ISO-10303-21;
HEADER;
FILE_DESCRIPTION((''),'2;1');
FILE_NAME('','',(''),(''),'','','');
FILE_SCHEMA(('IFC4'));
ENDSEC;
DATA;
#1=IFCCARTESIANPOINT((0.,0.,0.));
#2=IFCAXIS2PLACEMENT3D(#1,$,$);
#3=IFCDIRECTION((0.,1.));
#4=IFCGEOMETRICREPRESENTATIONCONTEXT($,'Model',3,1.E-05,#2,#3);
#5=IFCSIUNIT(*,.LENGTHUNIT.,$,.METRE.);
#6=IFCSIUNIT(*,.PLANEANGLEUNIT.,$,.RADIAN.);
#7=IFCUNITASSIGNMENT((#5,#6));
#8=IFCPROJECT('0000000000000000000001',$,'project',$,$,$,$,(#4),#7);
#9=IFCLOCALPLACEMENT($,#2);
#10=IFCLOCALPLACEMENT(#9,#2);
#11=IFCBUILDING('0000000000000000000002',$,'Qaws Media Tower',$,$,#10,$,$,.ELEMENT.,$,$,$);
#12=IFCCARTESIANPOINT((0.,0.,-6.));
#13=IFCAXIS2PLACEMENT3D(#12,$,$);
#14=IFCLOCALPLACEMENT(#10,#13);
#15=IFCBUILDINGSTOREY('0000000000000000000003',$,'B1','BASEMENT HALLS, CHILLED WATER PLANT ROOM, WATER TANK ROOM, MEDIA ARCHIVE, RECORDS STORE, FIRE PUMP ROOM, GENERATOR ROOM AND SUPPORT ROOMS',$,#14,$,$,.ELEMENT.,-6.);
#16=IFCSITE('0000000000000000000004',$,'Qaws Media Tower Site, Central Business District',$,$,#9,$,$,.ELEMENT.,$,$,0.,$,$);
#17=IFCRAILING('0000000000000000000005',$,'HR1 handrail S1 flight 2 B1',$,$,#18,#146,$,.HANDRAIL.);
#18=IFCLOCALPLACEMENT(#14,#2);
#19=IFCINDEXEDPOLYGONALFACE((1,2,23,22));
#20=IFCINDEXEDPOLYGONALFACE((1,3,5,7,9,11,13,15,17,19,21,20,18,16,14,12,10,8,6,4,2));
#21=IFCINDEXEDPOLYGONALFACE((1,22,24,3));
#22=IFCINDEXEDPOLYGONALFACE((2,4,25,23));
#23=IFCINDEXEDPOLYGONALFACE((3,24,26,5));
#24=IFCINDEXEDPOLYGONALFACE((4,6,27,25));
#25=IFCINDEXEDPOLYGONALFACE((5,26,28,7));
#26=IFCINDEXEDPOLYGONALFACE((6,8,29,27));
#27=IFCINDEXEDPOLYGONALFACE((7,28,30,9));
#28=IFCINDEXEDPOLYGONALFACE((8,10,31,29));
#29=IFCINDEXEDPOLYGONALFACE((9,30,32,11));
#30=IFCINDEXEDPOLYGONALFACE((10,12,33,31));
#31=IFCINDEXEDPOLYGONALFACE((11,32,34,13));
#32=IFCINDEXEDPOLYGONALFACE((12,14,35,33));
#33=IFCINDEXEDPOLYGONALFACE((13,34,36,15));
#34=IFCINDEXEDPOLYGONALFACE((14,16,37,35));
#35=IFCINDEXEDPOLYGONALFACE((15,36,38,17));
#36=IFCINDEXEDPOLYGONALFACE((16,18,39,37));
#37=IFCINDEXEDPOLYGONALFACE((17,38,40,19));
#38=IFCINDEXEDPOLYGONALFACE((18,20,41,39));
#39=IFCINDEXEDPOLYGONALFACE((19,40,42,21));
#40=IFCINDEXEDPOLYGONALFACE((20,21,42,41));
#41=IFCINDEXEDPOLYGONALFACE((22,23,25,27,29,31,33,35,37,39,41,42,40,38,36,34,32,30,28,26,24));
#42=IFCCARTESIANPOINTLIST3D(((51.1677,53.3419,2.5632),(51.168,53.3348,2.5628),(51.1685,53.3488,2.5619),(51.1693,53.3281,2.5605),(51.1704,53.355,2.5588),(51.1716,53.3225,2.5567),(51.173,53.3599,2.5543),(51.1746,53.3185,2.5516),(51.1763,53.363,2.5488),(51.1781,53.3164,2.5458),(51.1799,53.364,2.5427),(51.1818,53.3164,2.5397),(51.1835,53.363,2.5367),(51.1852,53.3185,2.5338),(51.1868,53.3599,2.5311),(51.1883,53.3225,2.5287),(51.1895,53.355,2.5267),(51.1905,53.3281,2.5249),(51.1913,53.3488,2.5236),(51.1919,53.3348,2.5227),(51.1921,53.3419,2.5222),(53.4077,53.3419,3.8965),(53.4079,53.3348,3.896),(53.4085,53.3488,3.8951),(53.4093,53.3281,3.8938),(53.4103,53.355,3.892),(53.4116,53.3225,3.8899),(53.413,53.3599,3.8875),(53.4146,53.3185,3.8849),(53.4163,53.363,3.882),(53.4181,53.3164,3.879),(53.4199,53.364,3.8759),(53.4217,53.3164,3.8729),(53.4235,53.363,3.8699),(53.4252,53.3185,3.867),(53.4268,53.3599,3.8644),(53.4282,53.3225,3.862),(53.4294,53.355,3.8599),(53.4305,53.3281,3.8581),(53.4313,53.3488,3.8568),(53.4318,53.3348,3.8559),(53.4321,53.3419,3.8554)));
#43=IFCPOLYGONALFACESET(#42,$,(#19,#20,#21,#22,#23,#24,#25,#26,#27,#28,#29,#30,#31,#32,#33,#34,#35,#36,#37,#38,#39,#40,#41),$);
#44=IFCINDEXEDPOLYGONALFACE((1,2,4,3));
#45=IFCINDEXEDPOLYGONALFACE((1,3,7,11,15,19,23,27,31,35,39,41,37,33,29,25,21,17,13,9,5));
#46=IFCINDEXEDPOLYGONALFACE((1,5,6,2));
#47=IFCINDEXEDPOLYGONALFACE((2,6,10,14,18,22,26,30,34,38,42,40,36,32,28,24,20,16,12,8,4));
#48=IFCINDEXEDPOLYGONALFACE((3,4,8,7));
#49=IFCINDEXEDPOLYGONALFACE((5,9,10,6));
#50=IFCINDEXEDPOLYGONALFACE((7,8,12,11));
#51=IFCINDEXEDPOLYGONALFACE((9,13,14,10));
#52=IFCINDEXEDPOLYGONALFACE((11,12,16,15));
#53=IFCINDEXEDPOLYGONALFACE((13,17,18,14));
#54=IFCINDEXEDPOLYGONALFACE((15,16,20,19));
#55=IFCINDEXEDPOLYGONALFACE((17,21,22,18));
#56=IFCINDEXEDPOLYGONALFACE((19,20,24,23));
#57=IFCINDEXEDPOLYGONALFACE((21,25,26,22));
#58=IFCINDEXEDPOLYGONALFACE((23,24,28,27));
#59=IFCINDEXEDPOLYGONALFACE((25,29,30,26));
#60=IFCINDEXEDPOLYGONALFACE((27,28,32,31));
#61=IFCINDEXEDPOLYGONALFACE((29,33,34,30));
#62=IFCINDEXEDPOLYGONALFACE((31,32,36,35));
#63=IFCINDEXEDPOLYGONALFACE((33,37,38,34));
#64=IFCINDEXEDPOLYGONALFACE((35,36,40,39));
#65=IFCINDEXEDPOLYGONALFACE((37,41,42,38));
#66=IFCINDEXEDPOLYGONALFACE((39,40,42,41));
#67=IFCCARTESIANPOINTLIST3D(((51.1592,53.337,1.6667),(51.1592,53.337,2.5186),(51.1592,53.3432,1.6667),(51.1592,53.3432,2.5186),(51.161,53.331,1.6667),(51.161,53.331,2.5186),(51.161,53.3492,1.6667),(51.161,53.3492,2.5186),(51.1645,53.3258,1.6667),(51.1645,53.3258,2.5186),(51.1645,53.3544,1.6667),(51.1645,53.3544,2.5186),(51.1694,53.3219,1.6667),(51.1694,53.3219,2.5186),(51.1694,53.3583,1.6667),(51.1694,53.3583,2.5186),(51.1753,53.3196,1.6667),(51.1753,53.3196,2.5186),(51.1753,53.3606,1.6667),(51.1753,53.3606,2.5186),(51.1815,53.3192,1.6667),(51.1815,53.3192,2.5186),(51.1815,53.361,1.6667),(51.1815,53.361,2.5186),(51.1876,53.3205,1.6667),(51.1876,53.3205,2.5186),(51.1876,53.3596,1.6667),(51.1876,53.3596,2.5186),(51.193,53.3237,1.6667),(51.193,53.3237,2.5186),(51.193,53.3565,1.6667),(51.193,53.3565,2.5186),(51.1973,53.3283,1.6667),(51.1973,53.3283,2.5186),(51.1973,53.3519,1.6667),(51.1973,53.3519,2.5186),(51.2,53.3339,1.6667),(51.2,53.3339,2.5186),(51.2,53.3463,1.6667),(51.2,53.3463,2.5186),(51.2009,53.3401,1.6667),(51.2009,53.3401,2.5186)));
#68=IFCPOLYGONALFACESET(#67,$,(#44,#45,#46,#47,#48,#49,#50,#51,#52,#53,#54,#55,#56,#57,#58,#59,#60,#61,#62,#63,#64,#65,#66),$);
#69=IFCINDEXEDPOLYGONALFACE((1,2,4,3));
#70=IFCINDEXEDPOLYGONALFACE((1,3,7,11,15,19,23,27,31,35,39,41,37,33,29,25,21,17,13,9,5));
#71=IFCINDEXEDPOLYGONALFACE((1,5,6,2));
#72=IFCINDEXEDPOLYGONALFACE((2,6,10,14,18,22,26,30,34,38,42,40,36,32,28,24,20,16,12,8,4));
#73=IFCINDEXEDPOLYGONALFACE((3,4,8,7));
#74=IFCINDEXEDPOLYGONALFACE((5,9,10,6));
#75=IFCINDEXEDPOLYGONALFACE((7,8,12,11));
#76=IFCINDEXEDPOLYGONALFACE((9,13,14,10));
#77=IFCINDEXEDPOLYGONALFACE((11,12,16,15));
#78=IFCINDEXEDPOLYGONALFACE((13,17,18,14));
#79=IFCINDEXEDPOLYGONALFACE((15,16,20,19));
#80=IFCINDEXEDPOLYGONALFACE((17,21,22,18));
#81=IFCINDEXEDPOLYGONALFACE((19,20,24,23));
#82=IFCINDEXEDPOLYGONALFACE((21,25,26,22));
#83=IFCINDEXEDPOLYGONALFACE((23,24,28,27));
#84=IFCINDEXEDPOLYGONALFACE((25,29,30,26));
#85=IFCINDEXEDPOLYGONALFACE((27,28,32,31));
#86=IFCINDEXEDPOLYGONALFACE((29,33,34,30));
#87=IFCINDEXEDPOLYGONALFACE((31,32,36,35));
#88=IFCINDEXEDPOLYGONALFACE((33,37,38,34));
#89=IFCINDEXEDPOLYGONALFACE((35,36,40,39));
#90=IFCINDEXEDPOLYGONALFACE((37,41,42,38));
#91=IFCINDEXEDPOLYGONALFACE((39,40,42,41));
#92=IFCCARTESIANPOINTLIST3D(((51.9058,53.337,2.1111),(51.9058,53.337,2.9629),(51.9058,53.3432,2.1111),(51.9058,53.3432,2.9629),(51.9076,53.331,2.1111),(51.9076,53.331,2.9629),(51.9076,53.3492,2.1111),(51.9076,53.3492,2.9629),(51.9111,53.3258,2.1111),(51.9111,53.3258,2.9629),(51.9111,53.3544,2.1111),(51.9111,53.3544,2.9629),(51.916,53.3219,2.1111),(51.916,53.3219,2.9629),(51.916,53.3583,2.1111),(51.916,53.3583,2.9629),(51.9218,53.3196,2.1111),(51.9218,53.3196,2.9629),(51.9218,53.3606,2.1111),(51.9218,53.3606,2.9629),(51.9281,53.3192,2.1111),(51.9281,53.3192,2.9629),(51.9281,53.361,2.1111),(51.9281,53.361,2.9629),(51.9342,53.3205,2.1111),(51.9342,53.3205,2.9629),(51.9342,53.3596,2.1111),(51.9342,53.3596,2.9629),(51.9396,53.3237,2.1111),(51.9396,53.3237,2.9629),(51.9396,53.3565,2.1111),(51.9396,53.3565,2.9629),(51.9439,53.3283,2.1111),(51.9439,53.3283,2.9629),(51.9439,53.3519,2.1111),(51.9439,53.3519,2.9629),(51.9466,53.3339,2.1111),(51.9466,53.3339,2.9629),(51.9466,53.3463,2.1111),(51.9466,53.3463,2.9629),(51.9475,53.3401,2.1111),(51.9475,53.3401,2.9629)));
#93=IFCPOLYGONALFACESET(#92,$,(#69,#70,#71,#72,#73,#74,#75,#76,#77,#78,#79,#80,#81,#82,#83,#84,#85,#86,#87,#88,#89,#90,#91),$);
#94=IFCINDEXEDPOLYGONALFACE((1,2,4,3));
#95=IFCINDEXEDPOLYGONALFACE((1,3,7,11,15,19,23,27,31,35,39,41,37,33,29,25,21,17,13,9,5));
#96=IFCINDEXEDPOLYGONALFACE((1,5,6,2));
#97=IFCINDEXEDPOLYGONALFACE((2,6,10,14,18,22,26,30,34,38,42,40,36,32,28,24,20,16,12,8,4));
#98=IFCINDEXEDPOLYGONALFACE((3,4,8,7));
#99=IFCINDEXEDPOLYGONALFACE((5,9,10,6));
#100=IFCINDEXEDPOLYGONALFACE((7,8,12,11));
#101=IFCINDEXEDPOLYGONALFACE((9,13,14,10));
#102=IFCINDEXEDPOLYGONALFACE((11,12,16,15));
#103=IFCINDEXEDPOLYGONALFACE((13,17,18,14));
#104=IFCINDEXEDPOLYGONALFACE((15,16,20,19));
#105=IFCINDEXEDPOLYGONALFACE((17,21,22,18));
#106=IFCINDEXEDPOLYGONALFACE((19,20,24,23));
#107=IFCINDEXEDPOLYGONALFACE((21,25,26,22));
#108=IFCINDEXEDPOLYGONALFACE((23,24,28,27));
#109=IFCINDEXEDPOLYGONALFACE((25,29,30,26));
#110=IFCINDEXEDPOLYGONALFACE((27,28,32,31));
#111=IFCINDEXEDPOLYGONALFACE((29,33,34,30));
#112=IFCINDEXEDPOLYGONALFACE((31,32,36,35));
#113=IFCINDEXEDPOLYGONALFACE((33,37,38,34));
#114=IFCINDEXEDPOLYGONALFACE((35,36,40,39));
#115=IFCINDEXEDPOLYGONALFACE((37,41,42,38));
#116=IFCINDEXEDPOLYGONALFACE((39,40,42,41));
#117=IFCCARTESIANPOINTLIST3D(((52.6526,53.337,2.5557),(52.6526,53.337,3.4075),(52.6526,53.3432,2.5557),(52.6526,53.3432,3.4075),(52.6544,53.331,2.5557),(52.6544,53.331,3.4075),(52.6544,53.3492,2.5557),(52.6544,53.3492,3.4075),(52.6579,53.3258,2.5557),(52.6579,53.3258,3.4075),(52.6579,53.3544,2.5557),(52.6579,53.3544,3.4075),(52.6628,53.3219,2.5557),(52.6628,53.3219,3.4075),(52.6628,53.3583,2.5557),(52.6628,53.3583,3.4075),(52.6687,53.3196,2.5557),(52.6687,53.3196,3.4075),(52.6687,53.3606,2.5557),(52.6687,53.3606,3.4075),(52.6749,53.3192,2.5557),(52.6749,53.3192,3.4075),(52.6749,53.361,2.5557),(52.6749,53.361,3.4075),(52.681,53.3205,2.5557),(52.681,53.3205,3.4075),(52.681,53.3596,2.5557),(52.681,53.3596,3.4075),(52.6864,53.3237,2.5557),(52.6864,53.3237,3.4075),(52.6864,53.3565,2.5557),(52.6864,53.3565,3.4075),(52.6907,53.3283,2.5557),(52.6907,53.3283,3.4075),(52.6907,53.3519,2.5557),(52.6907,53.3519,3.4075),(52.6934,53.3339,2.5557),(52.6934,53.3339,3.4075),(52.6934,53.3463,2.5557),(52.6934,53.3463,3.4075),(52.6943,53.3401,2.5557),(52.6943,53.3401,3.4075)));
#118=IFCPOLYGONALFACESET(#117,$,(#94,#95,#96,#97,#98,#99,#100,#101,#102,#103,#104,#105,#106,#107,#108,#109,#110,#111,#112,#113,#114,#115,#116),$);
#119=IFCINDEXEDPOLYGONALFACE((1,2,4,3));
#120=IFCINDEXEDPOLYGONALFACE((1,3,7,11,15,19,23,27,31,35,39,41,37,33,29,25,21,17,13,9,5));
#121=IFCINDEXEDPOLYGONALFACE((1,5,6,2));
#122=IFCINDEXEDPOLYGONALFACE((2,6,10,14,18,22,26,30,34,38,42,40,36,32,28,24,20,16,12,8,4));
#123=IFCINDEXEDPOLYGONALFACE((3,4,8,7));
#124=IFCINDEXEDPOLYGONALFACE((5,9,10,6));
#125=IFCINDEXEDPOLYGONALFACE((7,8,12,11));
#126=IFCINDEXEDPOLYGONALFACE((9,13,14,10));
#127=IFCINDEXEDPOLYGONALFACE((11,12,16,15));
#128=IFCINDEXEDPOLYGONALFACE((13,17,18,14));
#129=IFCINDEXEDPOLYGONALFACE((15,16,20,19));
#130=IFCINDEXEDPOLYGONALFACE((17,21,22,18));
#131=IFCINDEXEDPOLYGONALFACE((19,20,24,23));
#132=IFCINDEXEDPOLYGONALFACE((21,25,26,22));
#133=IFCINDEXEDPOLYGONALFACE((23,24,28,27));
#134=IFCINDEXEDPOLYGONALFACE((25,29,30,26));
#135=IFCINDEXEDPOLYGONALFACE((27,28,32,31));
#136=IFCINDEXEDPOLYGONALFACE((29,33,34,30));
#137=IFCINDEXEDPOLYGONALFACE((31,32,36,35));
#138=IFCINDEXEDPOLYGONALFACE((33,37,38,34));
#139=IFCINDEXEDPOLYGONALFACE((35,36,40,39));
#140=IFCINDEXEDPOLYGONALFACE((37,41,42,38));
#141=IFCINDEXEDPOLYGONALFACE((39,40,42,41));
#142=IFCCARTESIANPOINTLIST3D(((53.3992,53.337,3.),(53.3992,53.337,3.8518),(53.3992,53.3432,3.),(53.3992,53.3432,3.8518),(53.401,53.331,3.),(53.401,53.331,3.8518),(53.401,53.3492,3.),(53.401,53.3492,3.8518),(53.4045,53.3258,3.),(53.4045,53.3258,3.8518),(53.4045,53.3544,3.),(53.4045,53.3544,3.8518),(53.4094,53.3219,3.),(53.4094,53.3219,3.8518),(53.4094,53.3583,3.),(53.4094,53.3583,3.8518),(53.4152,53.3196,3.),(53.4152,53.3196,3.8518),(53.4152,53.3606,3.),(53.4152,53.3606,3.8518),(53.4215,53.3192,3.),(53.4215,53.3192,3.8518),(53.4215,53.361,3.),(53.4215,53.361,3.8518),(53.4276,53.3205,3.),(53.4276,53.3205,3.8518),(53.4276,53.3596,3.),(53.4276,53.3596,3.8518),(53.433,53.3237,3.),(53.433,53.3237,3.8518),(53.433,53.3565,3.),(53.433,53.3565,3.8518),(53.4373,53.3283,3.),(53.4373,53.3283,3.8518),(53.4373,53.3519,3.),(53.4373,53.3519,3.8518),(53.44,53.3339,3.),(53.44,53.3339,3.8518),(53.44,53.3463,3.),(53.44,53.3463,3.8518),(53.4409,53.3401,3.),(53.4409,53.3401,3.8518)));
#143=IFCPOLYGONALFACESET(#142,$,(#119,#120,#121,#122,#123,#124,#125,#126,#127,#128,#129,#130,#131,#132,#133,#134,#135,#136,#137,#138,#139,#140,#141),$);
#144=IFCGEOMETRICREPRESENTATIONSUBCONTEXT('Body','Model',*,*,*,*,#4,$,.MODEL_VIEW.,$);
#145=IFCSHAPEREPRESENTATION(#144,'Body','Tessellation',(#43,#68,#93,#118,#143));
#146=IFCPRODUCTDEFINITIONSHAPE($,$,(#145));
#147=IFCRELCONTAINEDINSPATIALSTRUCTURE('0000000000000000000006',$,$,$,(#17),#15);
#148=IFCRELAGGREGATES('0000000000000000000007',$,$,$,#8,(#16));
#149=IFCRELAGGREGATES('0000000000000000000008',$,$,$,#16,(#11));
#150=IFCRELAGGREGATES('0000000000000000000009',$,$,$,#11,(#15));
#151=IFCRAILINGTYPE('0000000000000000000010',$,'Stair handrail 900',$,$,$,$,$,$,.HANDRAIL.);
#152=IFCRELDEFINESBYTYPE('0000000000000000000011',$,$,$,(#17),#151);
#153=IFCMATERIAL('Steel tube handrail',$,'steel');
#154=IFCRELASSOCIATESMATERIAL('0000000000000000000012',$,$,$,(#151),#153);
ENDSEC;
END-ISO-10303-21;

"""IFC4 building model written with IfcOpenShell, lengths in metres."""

from ifc_helpers import new_model, si_unit, direction, frame, origin, origin_2d, place, context, subcontext, project, spatial, circle, extrude, material, type_object, element, save


model = new_model("IFC4")

# Units and contexts
model_context = context("Model", 3, precision=1e-05, world=origin(), true_north=direction((0.0, 1.0)))
body_context = subcontext(model_context, "Body", "Model", "MODEL_VIEW")
ifc_project = project(units=[si_unit("LENGTHUNIT", "METRE"), si_unit("PLANEANGLEUNIT", "RADIAN")], contexts=[model_context])

# Site, building, storey
site_placement = place(None, origin())
site = spatial("IfcSite", under=ifc_project, at=site_placement, Name="Qaws Media Tower Site, Central Business District", CompositionType="ELEMENT", RefElevation=0.0)
building_placement = place(site_placement, origin())
building = spatial("IfcBuilding", under=site, at=building_placement, Name="Qaws Media Tower", CompositionType="ELEMENT")
storey_placement = place(building_placement, frame((0.0, 0.0, -6.0)))
storey = spatial("IfcBuildingStorey", under=building, at=storey_placement, Name="B1", Description="BASEMENT HALLS, CHILLED WATER PLANT ROOM, WATER TANK ROOM, MEDIA ARCHIVE, RECORDS STORE, FIRE PUMP ROOM, GENERATOR ROOM AND SUPPORT ROOMS", CompositionType="ELEMENT", Elevation=-6.0)

# Railing
ifc_material_1 = material(Name="Steel tube handrail", Category="steel")
railing_type = type_object("IfcRailingType", Name="Stair handrail 900", PredefinedType="HANDRAIL", material=ifc_material_1)
for number, where, name in (
    (1, (51.1799, 53.3401, 1.6667), "HR1 handrail S1 flight 2 B1"),
):
    element("IfcRailing", number, at=place(storey_placement, frame(where)), inside=storey, type_object=railing_type, Name=name, PredefinedType="HANDRAIL", context=body_context, shape_type="SweptSolid", body=[
        extrude(circle(Radius=0.0239, at=origin_2d()), frame((0.0, 0.0, 0.876), z_axis=(0.859306, 0.0, 0.511462), x_axis=(0.0, 1.0, 0.0)), (0.0, 0.0, 1.0), 2.6067),
        extrude(circle(Radius=0.021, at=origin_2d()), origin(), (0.0, 0.0, 1.0), 0.8518),
        extrude(circle(Radius=0.021, at=origin_2d()), frame((0.7466, 0.0, 0.4443)), (0.0, 0.0, 1.0), 0.8518),
        extrude(circle(Radius=0.021, at=origin_2d()), frame((1.4934, 0.0, 0.8889)), (0.0, 0.0, 1.0), 0.8518),
        extrude(circle(Radius=0.021, at=origin_2d()), frame((2.24, 0.0, 1.3333)), (0.0, 0.0, 1.0), 0.8518),
    ])

save(model, "model.ifc")
